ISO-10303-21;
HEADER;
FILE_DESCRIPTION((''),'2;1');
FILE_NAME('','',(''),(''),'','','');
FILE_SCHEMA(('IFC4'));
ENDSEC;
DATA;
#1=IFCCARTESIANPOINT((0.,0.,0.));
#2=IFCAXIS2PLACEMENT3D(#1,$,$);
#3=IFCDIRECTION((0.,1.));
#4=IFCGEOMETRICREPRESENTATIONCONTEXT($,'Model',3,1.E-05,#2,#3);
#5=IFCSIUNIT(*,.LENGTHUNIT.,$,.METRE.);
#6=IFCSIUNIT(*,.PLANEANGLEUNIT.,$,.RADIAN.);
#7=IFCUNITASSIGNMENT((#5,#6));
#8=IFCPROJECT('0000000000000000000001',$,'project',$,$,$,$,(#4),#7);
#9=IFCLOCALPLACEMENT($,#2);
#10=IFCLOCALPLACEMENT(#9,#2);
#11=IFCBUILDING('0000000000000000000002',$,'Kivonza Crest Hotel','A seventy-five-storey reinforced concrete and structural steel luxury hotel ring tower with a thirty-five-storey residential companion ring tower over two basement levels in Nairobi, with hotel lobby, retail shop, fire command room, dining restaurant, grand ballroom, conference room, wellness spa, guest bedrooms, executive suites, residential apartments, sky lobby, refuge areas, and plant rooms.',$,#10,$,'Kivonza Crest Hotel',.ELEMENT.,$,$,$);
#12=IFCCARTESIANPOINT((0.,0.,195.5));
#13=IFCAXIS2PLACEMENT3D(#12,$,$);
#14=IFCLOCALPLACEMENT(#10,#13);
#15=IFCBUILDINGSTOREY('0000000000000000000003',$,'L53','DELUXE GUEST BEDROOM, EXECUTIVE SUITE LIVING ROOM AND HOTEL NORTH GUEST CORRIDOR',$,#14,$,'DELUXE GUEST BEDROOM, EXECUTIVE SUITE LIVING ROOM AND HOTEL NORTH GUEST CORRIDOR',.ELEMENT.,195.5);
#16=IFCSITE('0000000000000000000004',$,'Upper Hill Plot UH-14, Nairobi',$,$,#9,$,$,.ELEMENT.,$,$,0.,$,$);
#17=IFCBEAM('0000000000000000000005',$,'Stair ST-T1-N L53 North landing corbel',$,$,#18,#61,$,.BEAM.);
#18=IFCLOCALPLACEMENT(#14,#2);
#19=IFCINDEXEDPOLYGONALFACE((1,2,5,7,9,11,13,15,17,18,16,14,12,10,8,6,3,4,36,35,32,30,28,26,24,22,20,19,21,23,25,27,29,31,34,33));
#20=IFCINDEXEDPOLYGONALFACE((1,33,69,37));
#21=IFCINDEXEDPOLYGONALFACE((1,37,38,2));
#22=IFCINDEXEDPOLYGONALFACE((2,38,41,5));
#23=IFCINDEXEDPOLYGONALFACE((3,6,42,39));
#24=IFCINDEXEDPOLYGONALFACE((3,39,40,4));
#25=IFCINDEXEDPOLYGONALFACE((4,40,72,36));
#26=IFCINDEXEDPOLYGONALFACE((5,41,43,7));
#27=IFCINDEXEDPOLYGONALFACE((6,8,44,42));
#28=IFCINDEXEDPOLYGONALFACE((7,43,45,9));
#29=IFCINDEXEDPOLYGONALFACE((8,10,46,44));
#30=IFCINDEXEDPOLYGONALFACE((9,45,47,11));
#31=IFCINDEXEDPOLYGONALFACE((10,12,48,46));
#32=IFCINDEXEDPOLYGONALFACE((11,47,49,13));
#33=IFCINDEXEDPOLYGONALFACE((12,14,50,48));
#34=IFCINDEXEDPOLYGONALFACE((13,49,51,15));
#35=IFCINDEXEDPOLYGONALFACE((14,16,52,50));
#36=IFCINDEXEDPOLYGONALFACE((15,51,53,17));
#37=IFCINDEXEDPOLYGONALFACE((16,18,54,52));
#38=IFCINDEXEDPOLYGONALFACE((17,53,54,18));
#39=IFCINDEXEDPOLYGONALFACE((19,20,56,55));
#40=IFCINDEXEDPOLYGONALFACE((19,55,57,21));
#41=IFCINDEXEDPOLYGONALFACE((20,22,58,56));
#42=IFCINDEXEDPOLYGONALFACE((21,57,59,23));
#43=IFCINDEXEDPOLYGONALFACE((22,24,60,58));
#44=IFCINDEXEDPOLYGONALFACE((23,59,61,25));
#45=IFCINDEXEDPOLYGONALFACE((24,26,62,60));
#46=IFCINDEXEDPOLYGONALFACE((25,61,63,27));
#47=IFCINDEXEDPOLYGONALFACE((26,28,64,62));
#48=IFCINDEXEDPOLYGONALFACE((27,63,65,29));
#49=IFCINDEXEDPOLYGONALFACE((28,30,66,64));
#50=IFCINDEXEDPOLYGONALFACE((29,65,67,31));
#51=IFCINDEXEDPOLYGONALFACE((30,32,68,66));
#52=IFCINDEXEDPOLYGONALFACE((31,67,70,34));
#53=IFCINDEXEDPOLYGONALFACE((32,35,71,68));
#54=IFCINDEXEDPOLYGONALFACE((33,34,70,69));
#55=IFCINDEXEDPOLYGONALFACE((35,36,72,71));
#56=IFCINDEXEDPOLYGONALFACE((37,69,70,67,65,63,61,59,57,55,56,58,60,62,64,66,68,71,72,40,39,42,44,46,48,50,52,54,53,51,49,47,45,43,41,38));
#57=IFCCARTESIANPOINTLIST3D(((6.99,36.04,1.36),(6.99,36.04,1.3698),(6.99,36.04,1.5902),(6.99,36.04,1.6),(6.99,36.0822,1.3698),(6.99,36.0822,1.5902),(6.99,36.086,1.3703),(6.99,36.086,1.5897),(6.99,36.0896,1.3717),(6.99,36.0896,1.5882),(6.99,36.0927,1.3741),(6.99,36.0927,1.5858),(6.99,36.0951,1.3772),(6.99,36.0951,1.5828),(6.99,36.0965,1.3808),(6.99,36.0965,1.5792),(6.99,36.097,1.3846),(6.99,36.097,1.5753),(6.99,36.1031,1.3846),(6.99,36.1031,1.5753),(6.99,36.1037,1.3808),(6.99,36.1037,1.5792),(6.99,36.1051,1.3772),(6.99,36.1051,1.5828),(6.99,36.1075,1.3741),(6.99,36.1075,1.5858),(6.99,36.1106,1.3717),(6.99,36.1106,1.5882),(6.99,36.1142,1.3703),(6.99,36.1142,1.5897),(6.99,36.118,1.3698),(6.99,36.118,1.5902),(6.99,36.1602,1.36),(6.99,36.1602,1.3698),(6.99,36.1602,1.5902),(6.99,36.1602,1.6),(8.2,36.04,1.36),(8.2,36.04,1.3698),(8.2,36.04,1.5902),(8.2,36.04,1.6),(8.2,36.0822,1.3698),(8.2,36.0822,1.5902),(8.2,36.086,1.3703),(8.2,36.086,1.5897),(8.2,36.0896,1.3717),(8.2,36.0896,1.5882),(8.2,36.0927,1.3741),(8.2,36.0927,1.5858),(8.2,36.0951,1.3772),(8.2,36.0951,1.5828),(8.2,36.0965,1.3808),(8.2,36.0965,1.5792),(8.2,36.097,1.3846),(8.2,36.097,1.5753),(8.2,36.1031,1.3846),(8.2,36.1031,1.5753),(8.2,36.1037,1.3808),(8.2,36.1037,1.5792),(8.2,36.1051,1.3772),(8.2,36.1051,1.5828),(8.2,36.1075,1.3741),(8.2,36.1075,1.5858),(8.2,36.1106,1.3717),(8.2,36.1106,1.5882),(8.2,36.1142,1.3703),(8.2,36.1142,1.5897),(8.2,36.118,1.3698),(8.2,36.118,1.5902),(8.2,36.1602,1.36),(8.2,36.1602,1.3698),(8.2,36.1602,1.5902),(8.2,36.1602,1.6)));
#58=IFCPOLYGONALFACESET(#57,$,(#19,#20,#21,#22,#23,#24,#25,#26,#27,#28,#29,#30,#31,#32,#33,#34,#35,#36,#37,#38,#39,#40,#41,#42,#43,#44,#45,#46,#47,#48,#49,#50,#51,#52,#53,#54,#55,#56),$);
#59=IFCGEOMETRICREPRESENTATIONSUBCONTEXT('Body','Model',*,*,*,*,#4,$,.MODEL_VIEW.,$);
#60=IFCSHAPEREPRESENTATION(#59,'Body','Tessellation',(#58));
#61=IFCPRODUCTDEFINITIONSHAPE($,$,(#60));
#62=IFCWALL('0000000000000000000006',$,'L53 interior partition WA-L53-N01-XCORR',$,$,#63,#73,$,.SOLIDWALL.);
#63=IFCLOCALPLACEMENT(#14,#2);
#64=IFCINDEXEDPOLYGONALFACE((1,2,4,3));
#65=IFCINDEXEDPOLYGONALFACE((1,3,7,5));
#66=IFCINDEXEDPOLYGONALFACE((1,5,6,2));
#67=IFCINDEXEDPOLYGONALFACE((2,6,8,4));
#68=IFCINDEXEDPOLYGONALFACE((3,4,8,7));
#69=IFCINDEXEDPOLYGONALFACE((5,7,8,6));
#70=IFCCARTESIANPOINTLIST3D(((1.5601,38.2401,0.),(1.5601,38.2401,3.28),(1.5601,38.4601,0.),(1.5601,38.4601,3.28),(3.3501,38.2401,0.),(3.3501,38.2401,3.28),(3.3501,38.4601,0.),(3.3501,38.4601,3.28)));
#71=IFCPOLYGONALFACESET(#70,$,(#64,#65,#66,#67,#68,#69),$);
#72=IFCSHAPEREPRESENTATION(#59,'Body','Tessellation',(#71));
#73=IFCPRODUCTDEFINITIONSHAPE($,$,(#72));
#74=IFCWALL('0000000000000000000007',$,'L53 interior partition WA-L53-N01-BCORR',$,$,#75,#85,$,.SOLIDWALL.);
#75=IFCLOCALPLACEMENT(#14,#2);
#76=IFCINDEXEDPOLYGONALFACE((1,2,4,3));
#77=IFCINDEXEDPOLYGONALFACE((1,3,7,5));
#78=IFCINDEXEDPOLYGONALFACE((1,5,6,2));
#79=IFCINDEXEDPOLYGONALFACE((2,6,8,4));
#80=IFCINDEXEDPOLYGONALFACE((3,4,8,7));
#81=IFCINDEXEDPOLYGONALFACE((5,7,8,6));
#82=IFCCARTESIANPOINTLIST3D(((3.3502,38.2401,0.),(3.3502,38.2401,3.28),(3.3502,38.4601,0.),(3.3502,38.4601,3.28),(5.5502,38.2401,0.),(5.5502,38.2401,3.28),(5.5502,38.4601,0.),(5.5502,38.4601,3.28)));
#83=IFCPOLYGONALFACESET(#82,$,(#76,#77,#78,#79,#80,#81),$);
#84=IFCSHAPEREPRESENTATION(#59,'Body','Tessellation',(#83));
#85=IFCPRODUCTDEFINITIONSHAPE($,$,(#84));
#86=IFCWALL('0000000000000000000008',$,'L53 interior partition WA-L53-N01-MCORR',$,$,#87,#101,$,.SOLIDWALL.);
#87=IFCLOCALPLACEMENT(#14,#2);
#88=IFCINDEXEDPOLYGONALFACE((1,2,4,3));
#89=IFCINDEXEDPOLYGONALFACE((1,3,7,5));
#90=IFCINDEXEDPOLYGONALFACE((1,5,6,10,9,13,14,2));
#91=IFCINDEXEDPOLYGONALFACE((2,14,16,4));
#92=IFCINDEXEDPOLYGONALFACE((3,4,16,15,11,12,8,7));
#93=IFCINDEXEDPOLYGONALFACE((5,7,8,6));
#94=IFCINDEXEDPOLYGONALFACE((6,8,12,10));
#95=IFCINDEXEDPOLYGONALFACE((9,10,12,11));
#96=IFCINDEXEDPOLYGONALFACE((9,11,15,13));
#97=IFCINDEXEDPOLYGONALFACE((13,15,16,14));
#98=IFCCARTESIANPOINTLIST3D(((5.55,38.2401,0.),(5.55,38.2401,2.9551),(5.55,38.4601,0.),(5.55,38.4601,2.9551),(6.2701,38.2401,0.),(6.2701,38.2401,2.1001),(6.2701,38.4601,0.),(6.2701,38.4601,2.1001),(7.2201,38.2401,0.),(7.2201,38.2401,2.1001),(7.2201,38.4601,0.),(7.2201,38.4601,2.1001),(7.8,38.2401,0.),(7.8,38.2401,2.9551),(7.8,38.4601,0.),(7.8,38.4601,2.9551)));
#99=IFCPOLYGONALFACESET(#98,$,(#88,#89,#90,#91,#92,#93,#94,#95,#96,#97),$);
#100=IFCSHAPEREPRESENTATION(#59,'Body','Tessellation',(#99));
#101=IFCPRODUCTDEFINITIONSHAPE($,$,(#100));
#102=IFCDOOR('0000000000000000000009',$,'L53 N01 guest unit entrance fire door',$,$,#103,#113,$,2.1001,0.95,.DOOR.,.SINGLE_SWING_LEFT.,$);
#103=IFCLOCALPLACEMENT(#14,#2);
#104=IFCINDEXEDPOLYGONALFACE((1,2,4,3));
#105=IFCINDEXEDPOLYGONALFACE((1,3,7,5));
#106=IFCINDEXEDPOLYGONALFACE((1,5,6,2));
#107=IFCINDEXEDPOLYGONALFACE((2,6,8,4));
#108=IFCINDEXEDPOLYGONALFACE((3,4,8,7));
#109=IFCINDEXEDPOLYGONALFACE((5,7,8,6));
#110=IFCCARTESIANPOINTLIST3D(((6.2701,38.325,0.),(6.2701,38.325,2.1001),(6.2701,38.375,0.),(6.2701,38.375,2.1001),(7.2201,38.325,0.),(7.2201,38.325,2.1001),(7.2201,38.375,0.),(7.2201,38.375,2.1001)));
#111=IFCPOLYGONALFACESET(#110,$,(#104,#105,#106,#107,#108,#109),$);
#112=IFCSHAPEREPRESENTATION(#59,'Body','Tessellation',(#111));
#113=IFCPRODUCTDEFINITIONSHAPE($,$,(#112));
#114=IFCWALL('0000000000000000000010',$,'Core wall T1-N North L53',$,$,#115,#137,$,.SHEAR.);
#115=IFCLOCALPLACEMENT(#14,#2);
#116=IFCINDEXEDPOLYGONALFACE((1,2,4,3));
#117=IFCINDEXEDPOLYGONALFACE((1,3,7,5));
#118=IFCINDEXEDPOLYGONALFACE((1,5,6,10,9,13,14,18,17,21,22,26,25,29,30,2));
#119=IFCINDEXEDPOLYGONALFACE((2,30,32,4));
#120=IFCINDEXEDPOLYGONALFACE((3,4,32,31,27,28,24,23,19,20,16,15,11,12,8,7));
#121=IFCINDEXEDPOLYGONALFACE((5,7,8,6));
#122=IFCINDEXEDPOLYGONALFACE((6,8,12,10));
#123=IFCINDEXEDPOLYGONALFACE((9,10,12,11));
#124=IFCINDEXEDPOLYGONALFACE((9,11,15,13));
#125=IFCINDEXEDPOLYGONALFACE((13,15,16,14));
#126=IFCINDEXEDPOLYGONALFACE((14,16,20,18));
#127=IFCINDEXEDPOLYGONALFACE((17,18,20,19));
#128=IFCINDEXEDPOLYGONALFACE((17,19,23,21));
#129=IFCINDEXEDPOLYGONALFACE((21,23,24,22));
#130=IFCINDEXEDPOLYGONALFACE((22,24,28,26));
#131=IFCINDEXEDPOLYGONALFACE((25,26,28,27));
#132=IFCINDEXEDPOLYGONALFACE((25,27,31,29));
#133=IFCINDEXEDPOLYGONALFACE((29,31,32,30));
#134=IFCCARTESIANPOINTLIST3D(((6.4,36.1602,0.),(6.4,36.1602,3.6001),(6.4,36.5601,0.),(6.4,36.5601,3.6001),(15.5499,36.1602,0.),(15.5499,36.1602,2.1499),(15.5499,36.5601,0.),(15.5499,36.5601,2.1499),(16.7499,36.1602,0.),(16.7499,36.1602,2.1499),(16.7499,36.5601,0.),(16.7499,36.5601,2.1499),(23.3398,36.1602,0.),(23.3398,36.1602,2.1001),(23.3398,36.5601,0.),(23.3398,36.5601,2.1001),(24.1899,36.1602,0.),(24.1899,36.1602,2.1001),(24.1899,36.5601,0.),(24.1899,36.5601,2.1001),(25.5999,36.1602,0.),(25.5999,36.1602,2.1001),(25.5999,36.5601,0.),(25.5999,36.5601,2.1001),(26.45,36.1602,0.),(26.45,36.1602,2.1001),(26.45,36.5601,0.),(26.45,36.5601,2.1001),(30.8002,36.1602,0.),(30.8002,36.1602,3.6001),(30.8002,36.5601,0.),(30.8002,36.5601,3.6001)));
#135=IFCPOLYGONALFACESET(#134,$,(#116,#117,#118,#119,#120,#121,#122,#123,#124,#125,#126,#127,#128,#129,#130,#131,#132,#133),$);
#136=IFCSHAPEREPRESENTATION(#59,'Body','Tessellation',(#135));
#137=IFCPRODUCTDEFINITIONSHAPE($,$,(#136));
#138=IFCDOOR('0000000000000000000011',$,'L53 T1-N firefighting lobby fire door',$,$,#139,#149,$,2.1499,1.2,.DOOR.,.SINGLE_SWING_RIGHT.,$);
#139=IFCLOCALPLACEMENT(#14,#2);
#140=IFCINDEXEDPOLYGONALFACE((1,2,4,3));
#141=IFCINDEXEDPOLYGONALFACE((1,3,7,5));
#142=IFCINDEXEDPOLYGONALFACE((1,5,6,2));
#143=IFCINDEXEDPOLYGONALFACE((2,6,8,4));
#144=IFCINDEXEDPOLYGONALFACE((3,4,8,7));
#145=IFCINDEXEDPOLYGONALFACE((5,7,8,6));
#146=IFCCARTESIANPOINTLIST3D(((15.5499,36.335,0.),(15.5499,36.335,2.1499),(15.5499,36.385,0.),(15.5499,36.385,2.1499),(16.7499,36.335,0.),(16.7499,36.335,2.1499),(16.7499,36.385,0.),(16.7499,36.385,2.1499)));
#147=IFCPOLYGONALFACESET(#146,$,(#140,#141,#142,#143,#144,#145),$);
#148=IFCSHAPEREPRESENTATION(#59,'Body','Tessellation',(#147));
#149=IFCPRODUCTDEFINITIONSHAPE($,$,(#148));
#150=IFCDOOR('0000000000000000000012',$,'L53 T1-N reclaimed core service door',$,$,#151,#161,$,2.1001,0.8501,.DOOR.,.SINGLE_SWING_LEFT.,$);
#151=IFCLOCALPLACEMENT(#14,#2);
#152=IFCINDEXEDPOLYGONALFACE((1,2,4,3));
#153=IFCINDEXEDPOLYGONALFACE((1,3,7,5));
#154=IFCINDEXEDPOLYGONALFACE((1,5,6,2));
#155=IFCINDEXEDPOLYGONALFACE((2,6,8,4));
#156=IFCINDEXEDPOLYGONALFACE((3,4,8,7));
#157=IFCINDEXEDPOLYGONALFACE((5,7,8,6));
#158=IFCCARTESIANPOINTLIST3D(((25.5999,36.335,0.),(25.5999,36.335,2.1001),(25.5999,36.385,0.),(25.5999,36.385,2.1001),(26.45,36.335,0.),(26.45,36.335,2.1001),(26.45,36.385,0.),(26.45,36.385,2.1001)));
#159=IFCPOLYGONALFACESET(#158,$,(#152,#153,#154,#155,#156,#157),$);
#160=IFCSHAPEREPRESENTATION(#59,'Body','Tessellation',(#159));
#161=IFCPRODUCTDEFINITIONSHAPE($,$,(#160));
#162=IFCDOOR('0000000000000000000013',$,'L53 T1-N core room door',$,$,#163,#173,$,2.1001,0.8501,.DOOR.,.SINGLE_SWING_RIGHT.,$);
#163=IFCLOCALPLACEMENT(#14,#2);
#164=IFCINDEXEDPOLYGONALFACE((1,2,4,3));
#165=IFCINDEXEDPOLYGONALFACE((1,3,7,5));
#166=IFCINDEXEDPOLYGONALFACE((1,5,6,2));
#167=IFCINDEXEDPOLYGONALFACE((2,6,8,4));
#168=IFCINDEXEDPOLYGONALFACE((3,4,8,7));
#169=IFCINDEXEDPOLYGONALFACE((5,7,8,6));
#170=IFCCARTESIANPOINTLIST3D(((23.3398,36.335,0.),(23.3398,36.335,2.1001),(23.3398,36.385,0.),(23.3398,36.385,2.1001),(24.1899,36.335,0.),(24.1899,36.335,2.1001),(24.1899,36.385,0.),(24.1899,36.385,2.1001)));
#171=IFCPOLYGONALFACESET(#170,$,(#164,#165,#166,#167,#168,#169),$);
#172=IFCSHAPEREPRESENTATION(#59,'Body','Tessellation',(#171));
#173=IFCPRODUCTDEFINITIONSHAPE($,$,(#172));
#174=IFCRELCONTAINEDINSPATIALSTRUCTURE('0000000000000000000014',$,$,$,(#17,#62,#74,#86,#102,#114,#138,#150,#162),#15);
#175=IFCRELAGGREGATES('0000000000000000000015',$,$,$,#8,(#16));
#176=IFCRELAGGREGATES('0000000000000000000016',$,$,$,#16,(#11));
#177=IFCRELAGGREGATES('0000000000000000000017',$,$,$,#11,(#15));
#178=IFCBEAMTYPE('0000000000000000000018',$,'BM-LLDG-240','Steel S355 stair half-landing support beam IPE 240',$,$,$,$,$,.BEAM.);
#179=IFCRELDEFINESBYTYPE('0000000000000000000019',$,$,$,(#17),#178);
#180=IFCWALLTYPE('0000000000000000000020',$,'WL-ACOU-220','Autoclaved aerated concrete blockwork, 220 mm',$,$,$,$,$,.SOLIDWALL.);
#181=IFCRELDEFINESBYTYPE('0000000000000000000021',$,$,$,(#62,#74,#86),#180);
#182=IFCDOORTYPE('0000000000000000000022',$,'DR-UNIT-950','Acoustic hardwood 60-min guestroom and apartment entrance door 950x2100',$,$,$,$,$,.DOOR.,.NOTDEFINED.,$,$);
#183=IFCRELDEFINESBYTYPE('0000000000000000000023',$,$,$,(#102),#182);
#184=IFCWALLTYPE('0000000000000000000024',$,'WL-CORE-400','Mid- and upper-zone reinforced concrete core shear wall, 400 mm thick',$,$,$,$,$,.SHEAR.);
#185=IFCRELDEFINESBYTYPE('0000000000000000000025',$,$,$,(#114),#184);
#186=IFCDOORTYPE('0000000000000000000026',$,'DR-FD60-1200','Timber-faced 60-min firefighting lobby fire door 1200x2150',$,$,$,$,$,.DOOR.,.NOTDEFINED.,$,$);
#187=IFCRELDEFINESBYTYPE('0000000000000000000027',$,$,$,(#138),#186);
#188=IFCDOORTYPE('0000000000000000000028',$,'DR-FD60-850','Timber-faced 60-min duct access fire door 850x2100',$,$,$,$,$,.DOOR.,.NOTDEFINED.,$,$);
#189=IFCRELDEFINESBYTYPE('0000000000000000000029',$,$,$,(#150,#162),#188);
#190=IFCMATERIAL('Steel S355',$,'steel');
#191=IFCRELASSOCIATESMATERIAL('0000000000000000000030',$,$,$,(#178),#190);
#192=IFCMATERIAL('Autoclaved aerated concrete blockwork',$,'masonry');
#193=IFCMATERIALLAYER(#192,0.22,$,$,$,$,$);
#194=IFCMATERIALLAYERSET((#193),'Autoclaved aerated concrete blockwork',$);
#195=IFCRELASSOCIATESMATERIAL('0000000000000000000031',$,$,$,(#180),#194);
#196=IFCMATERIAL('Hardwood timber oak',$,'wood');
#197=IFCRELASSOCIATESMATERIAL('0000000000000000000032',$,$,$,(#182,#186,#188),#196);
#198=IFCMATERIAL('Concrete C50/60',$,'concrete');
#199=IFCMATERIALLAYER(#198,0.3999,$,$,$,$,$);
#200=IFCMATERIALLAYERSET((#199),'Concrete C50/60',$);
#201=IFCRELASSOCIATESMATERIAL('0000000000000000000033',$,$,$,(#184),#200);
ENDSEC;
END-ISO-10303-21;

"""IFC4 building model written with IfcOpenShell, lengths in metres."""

from ifc_helpers import new_model, si_unit, direction, frame, frame_2d, origin, origin_2d, place, context, subcontext, project, spatial, rectangle, i_section, extrude, material, layer, layer_set, material_profile, profile_set, type_object, element, fill, save


model = new_model("IFC4")

# Units and contexts
model_context = context("Model", 3, precision=1e-05, world=origin(), true_north=direction((0.0, 1.0)))
body_context = subcontext(model_context, "Body", "Model", "MODEL_VIEW")
ifc_project = project(units=[si_unit("LENGTHUNIT", "METRE"), si_unit("PLANEANGLEUNIT", "RADIAN")], contexts=[model_context])

# Site, building, storey
site_placement = place(None, origin())
site = spatial("IfcSite", under=ifc_project, at=site_placement, Name="Upper Hill Plot UH-14, Nairobi", CompositionType="ELEMENT", RefElevation=0.0)
building_placement = place(site_placement, origin())
building = spatial("IfcBuilding", under=site, at=building_placement, Name="Kivonza Crest Hotel", Description="A seventy-five-storey reinforced concrete and structural steel luxury hotel ring tower with a thirty-five-storey residential companion ring tower over two basement levels in Nairobi, with hotel lobby, retail shop, fire command room, dining restaurant, grand ballroom, conference room, wellness spa, guest bedrooms, executive suites, residential apartments, sky lobby, refuge areas, and plant rooms.", LongName="Kivonza Crest Hotel", CompositionType="ELEMENT")
storey_placement = place(building_placement, frame((0.0, 0.0, 195.5)))
storey = spatial("IfcBuildingStorey", under=building, at=storey_placement, Name="L53", Description="DELUXE GUEST BEDROOM, EXECUTIVE SUITE LIVING ROOM AND HOTEL NORTH GUEST CORRIDOR", LongName="DELUXE GUEST BEDROOM, EXECUTIVE SUITE LIVING ROOM AND HOTEL NORTH GUEST CORRIDOR", CompositionType="ELEMENT", Elevation=195.5)

# Beam
ifc_material_1 = material(Name="Steel S355", Category="steel")
ifc_material_profile = material_profile(ifc_material_1, i_section(OverallWidth=0.1201, OverallDepth=0.24, WebThickness=0.0061, FlangeThickness=0.0098, FilletRadius=0.0149, at=origin_2d()), Name="IPE 240")
ifc_profile_set = profile_set([ifc_material_profile], Name="Steel S355")
beam_type = type_object("IfcBeamType", Name="BM-LLDG-240", Description="Steel S355 stair half-landing support beam IPE 240", PredefinedType="BEAM", material=ifc_profile_set)
beam_placement = place(storey_placement, frame((6.99, 36.1001, 1.48), z_axis=(1.0, 0.0, 0.0), x_axis=(0.0, 1.0, 0.0)))
element("IfcBeam", 1, at=beam_placement, inside=storey, type_object=beam_type, Name="Stair ST-T1-N L53 North landing corbel", PredefinedType="BEAM", context=body_context, shape_type="SweptSolid", body=[
    extrude(i_section(OverallWidth=0.1201, OverallDepth=0.24, WebThickness=0.0061, FlangeThickness=0.0098, FilletRadius=0.0149, at=origin_2d()), origin(), (0.0, 0.0, 1.0), 1.21),
])

# Walls
ifc_material_2 = material(Name="Autoclaved aerated concrete blockwork", Category="masonry")
ifc_layer_1 = layer(ifc_material_2, 0.22)
ifc_layer_set_1 = layer_set([ifc_layer_1], Name="Autoclaved aerated concrete blockwork")
wall_type_1 = type_object("IfcWallType", Name="WL-ACOU-220", Description="Autoclaved aerated concrete blockwork, 220 mm", PredefinedType="SOLIDWALL", material=ifc_layer_set_1)
wall_1_placement = place(storey_placement, frame((1.5601, 38.3501, 0.0), z_axis=(0.0, 0.0, 1.0), x_axis=(1.0, 0.0, 0.0)))
element("IfcWall", 2, at=wall_1_placement, inside=storey, type_object=wall_type_1, Name="L53 interior partition WA-L53-N01-XCORR", PredefinedType="SOLIDWALL", context=body_context, shape_type="SweptSolid", body=[
    extrude(rectangle(XDim=1.79, YDim=0.22, at=frame_2d((0.895, 0.0))), origin(), (0.0, 0.0, 1.0), 3.28),
])
wall_2_placement = place(storey_placement, frame((3.3501, 38.3501, 0.0), z_axis=(0.0, 0.0, 1.0), x_axis=(1.0, 0.0, 0.0)))
element("IfcWall", 3, at=wall_2_placement, inside=storey, type_object=wall_type_1, Name="L53 interior partition WA-L53-N01-BCORR", PredefinedType="SOLIDWALL", context=body_context, shape_type="SweptSolid", body=[
    extrude(rectangle(XDim=2.2, YDim=0.22, at=frame_2d((1.1001, 0.0))), origin(), (0.0, 0.0, 1.0), 3.28),
])

# Wall, opening, door
wall_3_placement = place(storey_placement, frame((5.55, 38.3501, 0.0), z_axis=(0.0, 0.0, 1.0), x_axis=(1.0, 0.0, 0.0)))
wall_3 = element("IfcWall", 4, at=wall_3_placement, inside=storey, type_object=wall_type_1, Name="L53 interior partition WA-L53-N01-MCORR", PredefinedType="SOLIDWALL", context=body_context, shape_type="SweptSolid", body=[
    extrude(rectangle(XDim=2.25, YDim=0.22, at=frame_2d((1.125, 0.0))), origin(), (0.0, 0.0, 1.0), 2.9551),
])
opening_1_placement = place(wall_3_placement, frame((0.72, 0.0, 0.0)))
opening_1 = element("IfcOpeningElement", 5, at=opening_1_placement, cuts=wall_3, PredefinedType="OPENING", context=body_context, shape_type="SweptSolid", body=[
    extrude(rectangle(XDim=0.95, YDim=2.1001, at=frame_2d((0.4751, 1.05))), frame((0.0, 0.1201, 0.0), z_axis=(0.0, -1.0, 0.0), x_axis=(1.0, 0.0, 0.0)), (0.0, 0.0, 1.0), 0.24),
])
ifc_material_3 = material(Name="Hardwood timber oak", Category="wood")
door_type_1 = type_object("IfcDoorType", Name="DR-UNIT-950", Description="Acoustic hardwood 60-min guestroom and apartment entrance door 950x2100", OperationType="NOTDEFINED", PredefinedType="DOOR", material=ifc_material_3)
door_1_placement = place(opening_1_placement, origin())
door_1 = element("IfcDoor", 6, at=door_1_placement, inside=storey, type_object=door_type_1, Name="L53 N01 guest unit entrance fire door", OperationType="SINGLE_SWING_LEFT", OverallHeight=2.1001, OverallWidth=0.95, PredefinedType="DOOR", context=body_context, shape_type="SweptSolid", body=[
    extrude(rectangle(XDim=0.95, YDim=2.1001, at=frame_2d((0.4751, 1.05))), frame((0.0, 0.0249, 0.0), z_axis=(0.0, -1.0, 0.0), x_axis=(1.0, 0.0, 0.0)), (0.0, 0.0, 1.0), 0.05),
])
fill(opening_1, door_1)

# Wall, openings, doors
ifc_material_4 = material(Name="Concrete C50/60", Category="concrete")
ifc_layer_2 = layer(ifc_material_4, 0.3999)
ifc_layer_set_2 = layer_set([ifc_layer_2], Name="Concrete C50/60")
wall_type_2 = type_object("IfcWallType", Name="WL-CORE-400", Description="Mid- and upper-zone reinforced concrete core shear wall, 400 mm thick", PredefinedType="SHEAR", material=ifc_layer_set_2)
wall_4_placement = place(storey_placement, frame((6.3999, 36.3601, 0.0), z_axis=(0.0, 0.0, 1.0), x_axis=(1.0, 0.0, 0.0)))
wall_4 = element("IfcWall", 7, at=wall_4_placement, inside=storey, type_object=wall_type_2, Name="Core wall T1-N North L53", PredefinedType="SHEAR", context=body_context, shape_type="SweptSolid", body=[
    extrude(rectangle(XDim=24.4001, YDim=0.3999, at=frame_2d((12.2002, 0.0))), origin(), (0.0, 0.0, 1.0), 3.6001),
])
opening_2_placement = place(wall_4_placement, frame((9.1499, 0.0, 0.0)))
opening_2 = element("IfcOpeningElement", 8, at=opening_2_placement, cuts=wall_4, PredefinedType="OPENING", context=body_context, shape_type="SweptSolid", body=[
    extrude(rectangle(XDim=1.2, YDim=2.1499, at=frame_2d((0.6001, 1.075))), frame((0.0, 0.21, 0.0), z_axis=(0.0, -1.0, 0.0), x_axis=(1.0, 0.0, 0.0)), (0.0, 0.0, 1.0), 0.4199),
])
opening_3_placement = place(wall_4_placement, frame((19.2, 0.0, 0.0)))
opening_3 = element("IfcOpeningElement", 9, at=opening_3_placement, cuts=wall_4, PredefinedType="OPENING", context=body_context, shape_type="SweptSolid", body=[
    extrude(rectangle(XDim=0.8501, YDim=2.1001, at=frame_2d((0.425, 1.05))), frame((0.0, 0.21, 0.0), z_axis=(0.0, -1.0, 0.0), x_axis=(1.0, 0.0, 0.0)), (0.0, 0.0, 1.0), 0.4199),
])
opening_4_placement = place(wall_4_placement, frame((16.9399, 0.0, 0.0)))
opening_4 = element("IfcOpeningElement", 10, at=opening_4_placement, cuts=wall_4, PredefinedType="OPENING", context=body_context, shape_type="SweptSolid", body=[
    extrude(rectangle(XDim=0.8501, YDim=2.1001, at=frame_2d((0.425, 1.05))), frame((0.0, 0.21, 0.0), z_axis=(0.0, -1.0, 0.0), x_axis=(1.0, 0.0, 0.0)), (0.0, 0.0, 1.0), 0.4199),
])
door_type_2 = type_object("IfcDoorType", Name="DR-FD60-1200", Description="Timber-faced 60-min firefighting lobby fire door 1200x2150", OperationType="NOTDEFINED", PredefinedType="DOOR", material=ifc_material_3)
door_2_placement = place(opening_2_placement, origin())
door_2 = element("IfcDoor", 11, at=door_2_placement, inside=storey, type_object=door_type_2, Name="L53 T1-N firefighting lobby fire door", OperationType="SINGLE_SWING_RIGHT", OverallHeight=2.1499, OverallWidth=1.2, PredefinedType="DOOR", context=body_context, shape_type="SweptSolid", body=[
    extrude(rectangle(XDim=1.2, YDim=2.1499, at=frame_2d((0.6001, 1.075))), frame((0.0, 0.0249, 0.0), z_axis=(0.0, -1.0, 0.0), x_axis=(1.0, 0.0, 0.0)), (0.0, 0.0, 1.0), 0.05),
])
fill(opening_2, door_2)
door_type_3 = type_object("IfcDoorType", Name="DR-FD60-850", Description="Timber-faced 60-min duct access fire door 850x2100", OperationType="NOTDEFINED", PredefinedType="DOOR", material=ifc_material_3)
door_3_placement = place(opening_3_placement, origin())
door_3 = element("IfcDoor", 12, at=door_3_placement, inside=storey, type_object=door_type_3, Name="L53 T1-N reclaimed core service door", OperationType="SINGLE_SWING_LEFT", OverallHeight=2.1001, OverallWidth=0.8501, PredefinedType="DOOR", context=body_context, shape_type="SweptSolid", body=[
    extrude(rectangle(XDim=0.8501, YDim=2.1001, at=frame_2d((0.425, 1.05))), frame((0.0, 0.0249, 0.0), z_axis=(0.0, -1.0, 0.0), x_axis=(1.0, 0.0, 0.0)), (0.0, 0.0, 1.0), 0.05),
])
fill(opening_3, door_3)
door_4_placement = place(opening_4_placement, origin())
door_4 = element("IfcDoor", 13, at=door_4_placement, inside=storey, type_object=door_type_3, Name="L53 T1-N core room door", OperationType="SINGLE_SWING_RIGHT", OverallHeight=2.1001, OverallWidth=0.8501, PredefinedType="DOOR", context=body_context, shape_type="SweptSolid", body=[
    extrude(rectangle(XDim=0.8501, YDim=2.1001, at=frame_2d((0.425, 1.05))), frame((0.0, 0.0249, 0.0), z_axis=(0.0, -1.0, 0.0), x_axis=(1.0, 0.0, 0.0)), (0.0, 0.0, 1.0), 0.05),
])
fill(opening_4, door_4)

save(model, "model.ifc")
